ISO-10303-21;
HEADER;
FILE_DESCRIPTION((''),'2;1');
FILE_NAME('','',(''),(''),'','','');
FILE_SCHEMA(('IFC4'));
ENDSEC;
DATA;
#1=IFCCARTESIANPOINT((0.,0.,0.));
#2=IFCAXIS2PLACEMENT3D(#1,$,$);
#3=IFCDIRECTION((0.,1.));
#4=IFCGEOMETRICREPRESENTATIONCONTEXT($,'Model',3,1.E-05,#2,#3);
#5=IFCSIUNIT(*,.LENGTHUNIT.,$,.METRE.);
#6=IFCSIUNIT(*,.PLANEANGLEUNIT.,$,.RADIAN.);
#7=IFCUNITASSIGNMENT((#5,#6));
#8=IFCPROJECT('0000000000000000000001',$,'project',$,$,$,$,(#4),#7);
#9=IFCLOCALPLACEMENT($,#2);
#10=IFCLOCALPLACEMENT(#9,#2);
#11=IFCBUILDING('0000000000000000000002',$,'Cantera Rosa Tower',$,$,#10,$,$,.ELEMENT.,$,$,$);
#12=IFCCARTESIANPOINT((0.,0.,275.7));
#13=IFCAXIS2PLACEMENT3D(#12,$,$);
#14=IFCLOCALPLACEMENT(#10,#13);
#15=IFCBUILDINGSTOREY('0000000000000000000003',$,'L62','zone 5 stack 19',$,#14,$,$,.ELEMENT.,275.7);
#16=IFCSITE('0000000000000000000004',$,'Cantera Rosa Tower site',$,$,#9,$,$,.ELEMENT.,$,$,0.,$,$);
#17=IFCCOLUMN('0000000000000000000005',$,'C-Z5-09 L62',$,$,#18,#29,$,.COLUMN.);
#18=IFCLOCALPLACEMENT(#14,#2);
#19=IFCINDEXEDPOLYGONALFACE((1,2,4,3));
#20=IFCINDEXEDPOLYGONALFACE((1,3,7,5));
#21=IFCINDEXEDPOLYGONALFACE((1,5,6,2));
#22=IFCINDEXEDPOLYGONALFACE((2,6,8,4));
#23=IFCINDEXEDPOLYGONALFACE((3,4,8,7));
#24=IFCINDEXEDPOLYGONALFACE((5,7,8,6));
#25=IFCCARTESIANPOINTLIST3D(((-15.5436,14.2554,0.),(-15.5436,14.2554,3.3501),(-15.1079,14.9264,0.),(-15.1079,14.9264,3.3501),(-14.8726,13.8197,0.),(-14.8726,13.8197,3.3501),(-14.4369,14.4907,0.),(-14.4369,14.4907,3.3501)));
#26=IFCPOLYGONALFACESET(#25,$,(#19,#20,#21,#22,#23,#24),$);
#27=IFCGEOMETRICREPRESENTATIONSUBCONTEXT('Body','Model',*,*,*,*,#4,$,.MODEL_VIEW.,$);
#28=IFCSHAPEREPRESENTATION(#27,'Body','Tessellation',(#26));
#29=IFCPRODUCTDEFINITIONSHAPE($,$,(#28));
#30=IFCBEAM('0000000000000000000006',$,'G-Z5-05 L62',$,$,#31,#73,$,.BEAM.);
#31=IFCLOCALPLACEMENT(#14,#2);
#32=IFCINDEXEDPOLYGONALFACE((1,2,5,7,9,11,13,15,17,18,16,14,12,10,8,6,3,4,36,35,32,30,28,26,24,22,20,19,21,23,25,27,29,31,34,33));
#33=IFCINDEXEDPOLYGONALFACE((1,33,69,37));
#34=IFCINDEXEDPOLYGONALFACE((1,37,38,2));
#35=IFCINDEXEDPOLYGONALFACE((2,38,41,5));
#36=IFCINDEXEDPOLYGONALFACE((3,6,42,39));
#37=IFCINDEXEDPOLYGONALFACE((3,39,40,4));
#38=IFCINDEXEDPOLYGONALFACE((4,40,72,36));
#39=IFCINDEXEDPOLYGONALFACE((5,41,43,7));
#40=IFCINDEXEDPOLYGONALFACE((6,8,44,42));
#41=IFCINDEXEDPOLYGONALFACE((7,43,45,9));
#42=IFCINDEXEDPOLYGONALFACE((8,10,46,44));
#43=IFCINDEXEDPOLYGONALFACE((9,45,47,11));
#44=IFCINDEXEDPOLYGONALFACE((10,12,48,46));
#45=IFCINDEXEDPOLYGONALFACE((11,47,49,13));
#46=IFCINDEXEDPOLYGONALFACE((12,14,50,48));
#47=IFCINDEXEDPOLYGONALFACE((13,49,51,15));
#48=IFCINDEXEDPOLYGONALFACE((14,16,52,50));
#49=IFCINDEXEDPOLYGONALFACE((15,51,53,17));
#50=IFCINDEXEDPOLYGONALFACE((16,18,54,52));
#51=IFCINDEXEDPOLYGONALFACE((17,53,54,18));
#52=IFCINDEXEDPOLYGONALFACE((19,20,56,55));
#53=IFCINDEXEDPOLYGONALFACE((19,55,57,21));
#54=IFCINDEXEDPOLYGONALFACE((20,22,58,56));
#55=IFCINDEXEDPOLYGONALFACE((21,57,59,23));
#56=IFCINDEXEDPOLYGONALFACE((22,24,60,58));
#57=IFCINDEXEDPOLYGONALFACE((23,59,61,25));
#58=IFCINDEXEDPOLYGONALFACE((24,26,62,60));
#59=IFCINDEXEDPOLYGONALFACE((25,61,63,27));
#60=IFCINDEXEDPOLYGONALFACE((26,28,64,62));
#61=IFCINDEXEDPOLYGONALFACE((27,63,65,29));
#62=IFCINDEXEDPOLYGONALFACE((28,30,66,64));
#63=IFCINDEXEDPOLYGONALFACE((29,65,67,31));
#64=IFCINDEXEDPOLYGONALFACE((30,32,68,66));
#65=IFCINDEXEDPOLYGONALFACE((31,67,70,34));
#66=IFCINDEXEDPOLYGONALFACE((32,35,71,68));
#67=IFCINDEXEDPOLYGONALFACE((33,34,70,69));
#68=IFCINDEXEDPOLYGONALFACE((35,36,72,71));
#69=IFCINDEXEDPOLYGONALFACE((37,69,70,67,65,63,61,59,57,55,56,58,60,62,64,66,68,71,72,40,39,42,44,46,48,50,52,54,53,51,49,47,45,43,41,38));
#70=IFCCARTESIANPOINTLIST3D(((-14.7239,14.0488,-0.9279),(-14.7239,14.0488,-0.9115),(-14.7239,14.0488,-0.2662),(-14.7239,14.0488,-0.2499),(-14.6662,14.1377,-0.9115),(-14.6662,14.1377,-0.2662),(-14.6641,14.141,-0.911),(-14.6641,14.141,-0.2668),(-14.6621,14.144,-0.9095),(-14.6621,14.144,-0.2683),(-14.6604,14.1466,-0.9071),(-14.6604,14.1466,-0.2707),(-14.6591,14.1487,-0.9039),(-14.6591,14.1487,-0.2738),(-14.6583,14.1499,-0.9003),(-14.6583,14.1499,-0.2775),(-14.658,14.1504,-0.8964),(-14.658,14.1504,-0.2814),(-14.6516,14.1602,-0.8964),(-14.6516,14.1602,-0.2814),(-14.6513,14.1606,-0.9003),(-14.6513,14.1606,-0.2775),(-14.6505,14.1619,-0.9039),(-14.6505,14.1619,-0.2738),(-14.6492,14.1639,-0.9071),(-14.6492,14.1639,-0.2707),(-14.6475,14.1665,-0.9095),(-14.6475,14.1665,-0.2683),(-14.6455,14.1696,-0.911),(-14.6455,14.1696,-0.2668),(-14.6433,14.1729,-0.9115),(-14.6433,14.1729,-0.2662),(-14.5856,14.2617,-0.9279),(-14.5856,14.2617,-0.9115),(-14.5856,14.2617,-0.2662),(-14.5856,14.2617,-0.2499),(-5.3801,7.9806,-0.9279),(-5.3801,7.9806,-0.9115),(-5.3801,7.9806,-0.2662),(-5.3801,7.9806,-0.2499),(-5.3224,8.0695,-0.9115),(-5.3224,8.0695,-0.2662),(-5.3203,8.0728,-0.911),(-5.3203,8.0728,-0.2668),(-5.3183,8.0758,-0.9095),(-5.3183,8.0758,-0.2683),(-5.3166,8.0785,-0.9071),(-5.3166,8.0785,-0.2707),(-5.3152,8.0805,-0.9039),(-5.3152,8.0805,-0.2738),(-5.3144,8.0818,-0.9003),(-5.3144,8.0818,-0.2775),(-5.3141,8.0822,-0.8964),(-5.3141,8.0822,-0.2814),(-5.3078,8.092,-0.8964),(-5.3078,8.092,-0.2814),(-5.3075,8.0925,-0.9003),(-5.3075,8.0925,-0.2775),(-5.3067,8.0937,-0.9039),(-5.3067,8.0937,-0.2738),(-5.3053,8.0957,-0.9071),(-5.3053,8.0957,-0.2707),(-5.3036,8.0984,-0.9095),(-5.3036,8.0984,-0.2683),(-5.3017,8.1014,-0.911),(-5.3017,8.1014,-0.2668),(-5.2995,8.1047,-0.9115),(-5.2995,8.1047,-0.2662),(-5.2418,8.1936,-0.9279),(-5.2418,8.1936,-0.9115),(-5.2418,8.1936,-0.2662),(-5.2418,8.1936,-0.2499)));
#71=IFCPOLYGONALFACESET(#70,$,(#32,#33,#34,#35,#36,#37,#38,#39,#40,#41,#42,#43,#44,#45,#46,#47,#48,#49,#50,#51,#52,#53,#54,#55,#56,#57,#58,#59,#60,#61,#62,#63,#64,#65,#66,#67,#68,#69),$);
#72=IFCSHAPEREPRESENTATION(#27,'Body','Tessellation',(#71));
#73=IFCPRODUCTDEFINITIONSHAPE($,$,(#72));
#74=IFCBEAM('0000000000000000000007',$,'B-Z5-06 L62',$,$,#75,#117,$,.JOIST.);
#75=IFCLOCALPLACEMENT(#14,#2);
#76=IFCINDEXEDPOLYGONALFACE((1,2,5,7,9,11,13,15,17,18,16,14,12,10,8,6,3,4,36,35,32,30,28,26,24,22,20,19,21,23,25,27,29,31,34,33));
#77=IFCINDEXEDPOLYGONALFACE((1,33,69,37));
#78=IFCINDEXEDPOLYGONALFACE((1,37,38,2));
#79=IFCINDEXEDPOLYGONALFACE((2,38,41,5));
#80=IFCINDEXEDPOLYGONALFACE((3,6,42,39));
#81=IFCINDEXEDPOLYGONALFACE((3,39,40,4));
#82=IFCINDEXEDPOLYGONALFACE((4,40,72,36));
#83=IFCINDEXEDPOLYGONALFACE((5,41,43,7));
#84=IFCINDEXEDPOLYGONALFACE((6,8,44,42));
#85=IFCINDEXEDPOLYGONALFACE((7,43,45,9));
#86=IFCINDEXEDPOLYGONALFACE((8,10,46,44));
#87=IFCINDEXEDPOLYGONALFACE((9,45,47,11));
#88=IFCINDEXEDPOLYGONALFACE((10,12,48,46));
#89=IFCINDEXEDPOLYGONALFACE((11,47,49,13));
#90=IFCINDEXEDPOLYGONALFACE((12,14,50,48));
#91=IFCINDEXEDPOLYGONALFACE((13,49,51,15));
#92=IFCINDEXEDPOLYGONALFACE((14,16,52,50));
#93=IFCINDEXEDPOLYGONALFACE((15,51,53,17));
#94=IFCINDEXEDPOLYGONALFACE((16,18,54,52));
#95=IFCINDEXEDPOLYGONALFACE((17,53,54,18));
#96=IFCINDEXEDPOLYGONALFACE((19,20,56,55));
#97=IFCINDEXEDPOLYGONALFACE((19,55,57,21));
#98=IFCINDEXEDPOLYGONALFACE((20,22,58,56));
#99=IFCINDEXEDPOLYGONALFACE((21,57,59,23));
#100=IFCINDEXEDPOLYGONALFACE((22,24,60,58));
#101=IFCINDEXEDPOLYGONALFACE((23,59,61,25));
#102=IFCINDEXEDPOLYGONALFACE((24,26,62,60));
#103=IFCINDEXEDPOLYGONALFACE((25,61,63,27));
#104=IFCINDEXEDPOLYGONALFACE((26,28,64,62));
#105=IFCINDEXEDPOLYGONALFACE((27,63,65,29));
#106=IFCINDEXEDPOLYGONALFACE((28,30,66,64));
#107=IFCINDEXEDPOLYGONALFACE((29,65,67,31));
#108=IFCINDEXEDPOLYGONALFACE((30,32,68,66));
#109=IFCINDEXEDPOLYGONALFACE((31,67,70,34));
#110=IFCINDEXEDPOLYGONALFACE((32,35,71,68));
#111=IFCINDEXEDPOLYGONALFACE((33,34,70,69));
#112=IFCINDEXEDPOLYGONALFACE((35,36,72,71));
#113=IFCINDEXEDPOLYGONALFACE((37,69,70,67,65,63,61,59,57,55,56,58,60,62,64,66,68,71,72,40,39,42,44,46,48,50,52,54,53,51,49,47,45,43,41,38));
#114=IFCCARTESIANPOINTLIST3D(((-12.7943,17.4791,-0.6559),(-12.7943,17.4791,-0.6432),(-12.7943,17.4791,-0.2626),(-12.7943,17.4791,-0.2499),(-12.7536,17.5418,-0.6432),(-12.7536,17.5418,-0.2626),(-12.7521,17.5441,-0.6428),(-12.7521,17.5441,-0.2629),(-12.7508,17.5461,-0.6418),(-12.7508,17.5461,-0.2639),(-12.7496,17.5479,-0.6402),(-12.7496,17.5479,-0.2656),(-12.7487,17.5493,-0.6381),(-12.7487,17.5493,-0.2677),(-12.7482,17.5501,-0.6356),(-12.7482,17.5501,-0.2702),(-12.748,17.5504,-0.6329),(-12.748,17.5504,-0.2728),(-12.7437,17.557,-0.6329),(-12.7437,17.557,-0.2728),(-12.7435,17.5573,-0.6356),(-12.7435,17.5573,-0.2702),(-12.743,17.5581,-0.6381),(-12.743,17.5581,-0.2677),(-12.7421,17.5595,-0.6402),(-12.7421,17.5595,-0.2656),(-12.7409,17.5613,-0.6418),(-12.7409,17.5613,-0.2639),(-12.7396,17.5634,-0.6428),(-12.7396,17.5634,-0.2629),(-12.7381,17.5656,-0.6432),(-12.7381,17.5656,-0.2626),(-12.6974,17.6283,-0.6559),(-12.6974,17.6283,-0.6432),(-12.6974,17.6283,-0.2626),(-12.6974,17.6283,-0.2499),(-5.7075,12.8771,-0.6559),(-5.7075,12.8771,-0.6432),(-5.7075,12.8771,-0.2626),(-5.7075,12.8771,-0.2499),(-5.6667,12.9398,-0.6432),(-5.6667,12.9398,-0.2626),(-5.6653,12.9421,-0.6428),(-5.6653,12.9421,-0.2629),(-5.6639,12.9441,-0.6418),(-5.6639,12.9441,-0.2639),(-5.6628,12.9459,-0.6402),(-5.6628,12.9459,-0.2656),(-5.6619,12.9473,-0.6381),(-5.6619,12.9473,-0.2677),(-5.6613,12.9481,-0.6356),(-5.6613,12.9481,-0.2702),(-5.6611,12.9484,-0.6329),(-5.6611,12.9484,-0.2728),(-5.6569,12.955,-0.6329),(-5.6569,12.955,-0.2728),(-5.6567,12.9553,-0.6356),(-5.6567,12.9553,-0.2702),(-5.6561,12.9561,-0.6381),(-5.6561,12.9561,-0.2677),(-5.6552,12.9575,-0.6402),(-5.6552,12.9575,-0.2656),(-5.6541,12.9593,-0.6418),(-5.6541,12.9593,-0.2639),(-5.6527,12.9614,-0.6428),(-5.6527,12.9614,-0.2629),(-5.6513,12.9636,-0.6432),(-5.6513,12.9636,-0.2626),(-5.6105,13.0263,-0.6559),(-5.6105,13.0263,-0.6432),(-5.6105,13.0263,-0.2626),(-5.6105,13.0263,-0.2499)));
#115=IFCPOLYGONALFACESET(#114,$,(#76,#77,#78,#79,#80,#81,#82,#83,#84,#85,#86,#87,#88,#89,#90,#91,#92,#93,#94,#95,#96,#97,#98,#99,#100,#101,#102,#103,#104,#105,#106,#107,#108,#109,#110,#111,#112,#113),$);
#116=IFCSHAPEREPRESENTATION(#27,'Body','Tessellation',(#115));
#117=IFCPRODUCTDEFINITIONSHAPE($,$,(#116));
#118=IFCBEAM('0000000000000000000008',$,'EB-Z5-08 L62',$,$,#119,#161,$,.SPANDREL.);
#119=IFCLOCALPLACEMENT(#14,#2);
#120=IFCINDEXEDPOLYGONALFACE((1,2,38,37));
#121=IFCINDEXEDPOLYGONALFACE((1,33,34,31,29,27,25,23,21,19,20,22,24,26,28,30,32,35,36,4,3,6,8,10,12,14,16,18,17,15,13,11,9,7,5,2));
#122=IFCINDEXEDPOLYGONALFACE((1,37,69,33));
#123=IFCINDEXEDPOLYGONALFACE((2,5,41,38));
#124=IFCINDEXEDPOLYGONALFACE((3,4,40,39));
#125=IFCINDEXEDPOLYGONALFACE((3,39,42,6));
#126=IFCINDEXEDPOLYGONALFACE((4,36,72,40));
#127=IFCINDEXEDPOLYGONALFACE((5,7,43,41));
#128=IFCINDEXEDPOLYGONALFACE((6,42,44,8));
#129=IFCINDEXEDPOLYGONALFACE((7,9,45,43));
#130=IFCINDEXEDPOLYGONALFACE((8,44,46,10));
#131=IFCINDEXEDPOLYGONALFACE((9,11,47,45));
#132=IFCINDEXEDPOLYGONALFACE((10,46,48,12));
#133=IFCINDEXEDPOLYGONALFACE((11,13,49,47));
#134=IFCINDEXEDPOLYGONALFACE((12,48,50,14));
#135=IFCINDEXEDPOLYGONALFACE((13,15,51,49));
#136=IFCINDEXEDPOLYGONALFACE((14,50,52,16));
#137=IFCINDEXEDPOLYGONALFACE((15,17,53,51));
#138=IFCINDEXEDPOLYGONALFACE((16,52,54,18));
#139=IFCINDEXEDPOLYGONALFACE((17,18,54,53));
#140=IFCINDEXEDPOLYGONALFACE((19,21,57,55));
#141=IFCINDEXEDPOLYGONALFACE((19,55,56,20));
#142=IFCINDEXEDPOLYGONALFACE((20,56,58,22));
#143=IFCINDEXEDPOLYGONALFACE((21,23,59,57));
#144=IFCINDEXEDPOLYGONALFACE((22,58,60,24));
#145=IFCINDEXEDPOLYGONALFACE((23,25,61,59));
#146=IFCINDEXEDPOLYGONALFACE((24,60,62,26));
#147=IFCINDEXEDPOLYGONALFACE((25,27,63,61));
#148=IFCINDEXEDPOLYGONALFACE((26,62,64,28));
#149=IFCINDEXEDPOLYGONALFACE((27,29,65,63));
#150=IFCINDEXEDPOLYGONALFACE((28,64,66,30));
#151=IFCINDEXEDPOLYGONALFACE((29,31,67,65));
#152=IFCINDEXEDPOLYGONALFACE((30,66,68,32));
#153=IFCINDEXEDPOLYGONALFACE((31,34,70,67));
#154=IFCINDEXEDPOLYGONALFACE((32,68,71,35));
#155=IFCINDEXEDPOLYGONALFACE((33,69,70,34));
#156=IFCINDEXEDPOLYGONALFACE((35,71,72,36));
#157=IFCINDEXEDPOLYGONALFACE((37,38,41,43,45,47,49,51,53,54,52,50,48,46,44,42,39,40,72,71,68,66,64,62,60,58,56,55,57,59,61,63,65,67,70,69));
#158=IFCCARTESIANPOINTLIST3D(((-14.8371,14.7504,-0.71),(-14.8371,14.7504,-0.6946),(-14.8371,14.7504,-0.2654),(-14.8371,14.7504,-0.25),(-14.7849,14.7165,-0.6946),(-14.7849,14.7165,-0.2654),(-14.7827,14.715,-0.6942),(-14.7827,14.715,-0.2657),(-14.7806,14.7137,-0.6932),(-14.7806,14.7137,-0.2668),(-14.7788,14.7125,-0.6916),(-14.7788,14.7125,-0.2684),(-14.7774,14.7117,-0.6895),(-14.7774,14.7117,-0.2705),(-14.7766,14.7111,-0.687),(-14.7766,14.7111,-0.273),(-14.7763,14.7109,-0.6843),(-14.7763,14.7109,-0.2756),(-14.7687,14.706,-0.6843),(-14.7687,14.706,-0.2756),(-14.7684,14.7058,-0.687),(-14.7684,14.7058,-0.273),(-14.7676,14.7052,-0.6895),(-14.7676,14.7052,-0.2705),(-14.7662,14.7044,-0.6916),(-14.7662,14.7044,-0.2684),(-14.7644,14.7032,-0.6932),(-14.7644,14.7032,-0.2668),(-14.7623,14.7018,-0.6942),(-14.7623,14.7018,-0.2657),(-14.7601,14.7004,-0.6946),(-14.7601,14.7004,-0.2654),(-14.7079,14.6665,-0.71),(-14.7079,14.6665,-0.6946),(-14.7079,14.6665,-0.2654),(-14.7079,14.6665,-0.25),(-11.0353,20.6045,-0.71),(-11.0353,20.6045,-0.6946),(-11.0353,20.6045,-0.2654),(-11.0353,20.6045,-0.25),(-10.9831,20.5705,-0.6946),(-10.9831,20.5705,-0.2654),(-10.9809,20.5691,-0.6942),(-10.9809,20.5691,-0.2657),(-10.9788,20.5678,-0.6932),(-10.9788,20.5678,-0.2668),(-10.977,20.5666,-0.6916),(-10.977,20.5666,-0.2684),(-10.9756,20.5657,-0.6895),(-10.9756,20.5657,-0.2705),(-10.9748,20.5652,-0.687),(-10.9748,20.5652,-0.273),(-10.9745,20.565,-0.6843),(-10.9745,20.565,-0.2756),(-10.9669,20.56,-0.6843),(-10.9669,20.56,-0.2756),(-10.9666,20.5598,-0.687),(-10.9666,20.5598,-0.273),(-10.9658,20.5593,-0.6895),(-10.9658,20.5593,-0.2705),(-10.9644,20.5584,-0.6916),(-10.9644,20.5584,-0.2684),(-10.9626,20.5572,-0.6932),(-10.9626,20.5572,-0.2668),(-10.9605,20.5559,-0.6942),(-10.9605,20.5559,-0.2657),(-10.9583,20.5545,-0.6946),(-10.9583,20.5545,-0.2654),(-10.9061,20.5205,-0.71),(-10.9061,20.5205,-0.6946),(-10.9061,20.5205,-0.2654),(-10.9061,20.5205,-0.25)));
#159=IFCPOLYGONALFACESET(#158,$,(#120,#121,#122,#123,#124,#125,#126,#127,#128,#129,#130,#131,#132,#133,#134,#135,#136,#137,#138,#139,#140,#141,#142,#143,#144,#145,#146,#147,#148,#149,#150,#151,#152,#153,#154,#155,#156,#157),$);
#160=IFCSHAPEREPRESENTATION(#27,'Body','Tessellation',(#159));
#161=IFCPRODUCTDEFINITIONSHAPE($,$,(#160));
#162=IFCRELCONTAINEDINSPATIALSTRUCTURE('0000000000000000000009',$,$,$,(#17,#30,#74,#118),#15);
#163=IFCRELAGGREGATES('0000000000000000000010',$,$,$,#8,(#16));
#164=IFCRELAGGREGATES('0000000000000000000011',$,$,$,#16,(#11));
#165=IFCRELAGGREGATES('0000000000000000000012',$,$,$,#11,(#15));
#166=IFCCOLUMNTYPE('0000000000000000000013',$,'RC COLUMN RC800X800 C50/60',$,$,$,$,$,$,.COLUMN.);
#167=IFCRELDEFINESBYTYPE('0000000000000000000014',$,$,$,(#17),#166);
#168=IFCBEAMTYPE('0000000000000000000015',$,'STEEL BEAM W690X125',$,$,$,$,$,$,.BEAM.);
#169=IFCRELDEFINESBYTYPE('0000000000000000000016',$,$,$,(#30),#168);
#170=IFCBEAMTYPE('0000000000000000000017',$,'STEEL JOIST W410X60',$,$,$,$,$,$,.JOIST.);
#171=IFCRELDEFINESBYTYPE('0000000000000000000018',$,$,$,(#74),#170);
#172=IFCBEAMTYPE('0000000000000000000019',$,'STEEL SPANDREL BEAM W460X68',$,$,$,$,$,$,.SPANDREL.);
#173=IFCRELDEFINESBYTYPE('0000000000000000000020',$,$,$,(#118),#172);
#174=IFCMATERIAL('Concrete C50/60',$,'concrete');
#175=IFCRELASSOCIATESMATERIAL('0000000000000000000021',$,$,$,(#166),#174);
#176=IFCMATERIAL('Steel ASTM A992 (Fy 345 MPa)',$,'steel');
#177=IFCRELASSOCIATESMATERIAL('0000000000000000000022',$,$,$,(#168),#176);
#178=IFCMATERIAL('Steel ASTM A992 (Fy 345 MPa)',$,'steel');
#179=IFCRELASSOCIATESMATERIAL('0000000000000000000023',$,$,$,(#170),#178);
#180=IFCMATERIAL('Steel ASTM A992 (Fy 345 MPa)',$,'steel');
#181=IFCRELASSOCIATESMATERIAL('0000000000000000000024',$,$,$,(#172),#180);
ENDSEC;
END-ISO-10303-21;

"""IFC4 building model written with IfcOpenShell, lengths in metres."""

from ifc_helpers import new_model, si_unit, direction, frame, origin, origin_2d, place, context, subcontext, project, spatial, rectangle, i_section, extrude, material, material_profile, profile_set, type_object, element, save


model = new_model("IFC4")

# Units and contexts
model_context = context("Model", 3, precision=1e-05, world=origin(), true_north=direction((0.0, 1.0)))
body_context = subcontext(model_context, "Body", "Model", "MODEL_VIEW")
ifc_project = project(units=[si_unit("LENGTHUNIT", "METRE"), si_unit("PLANEANGLEUNIT", "RADIAN")], contexts=[model_context])

# Site, building, storey
site_placement = place(None, origin())
site = spatial("IfcSite", under=ifc_project, at=site_placement, Name="Cantera Rosa Tower site", CompositionType="ELEMENT", RefElevation=0.0)
building_placement = place(site_placement, origin())
building = spatial("IfcBuilding", under=site, at=building_placement, Name="Cantera Rosa Tower", CompositionType="ELEMENT")
storey_placement = place(building_placement, frame((0.0, 0.0, 275.7)))
storey = spatial("IfcBuildingStorey", under=building, at=storey_placement, Name="L62", Description="zone 5 stack 19", CompositionType="ELEMENT", Elevation=275.7)

# Column
ifc_material_1 = material(Name="Concrete C50/60", Category="concrete")
ifc_material_profile_1 = material_profile(ifc_material_1, rectangle(XDim=0.8, YDim=0.8, at=origin_2d()), Name="RC COLUMN RC800X800 C50/60")
ifc_profile_set_1 = profile_set([ifc_material_profile_1], Name="Concrete C50/60")
column_type = type_object("IfcColumnType", Name="RC COLUMN RC800X800 C50/60", PredefinedType="COLUMN", material=ifc_profile_set_1)
column_placement = place(storey_placement, frame((-14.9902, 14.373, 0.0), z_axis=(0.0, 0.0, 1.0), x_axis=(0.544639, 0.838671, 0.0)))
element("IfcColumn", 1, at=column_placement, inside=storey, type_object=column_type, Name="C-Z5-09 L62", PredefinedType="COLUMN", context=body_context, shape_type="SweptSolid", body=[
    extrude(rectangle(XDim=0.8, YDim=0.8, at=origin_2d()), origin(), (0.0, 0.0, 1.0), 3.3501),
])

# Beams
ifc_material_2 = material(Name="Steel ASTM A992 (Fy 345 MPa)", Category="steel")
ifc_material_profile_2 = material_profile(ifc_material_2, i_section(OverallWidth=0.2539, OverallDepth=0.678, WebThickness=0.0117, FlangeThickness=0.0164, FilletRadius=0.0151, at=origin_2d()), Name="W690X125")
ifc_profile_set_2 = profile_set([ifc_material_profile_2], Name="Steel ASTM A992 (Fy 345 MPa)")
beam_type_1 = type_object("IfcBeamType", Name="STEEL BEAM W690X125", PredefinedType="BEAM", material=ifc_profile_set_2)
beam_1_placement = place(storey_placement, frame((-14.6548, 14.1553, -0.5889), z_axis=(0.838662, -0.544652, 0.0), x_axis=(0.544652, 0.838662, 0.0)))
element("IfcBeam", 2, at=beam_1_placement, inside=storey, type_object=beam_type_1, Name="G-Z5-05 L62", PredefinedType="BEAM", context=body_context, shape_type="SweptSolid", body=[
    extrude(i_section(OverallWidth=0.2539, OverallDepth=0.678, WebThickness=0.0117, FlangeThickness=0.0164, FilletRadius=0.0151, at=origin_2d()), origin(), (0.0, 0.0, 1.0), 11.1414),
])
ifc_material_3 = material(Name="Steel ASTM A992 (Fy 345 MPa)", Category="steel")
ifc_material_profile_3 = material_profile(ifc_material_3, i_section(OverallWidth=0.178, OverallDepth=0.406, WebThickness=0.0078, FlangeThickness=0.0127, FilletRadius=0.0103, at=origin_2d()), Name="W410X60")
ifc_profile_set_3 = profile_set([ifc_material_profile_3], Name="Steel ASTM A992 (Fy 345 MPa)")
beam_type_2 = type_object("IfcBeamType", Name="STEEL JOIST W410X60", PredefinedType="JOIST", material=ifc_profile_set_3)
beam_2_placement = place(storey_placement, frame((-12.7458, 17.5537, -0.4529), z_axis=(0.838684, -0.544619, 0.0), x_axis=(0.544619, 0.838684, 0.0)))
element("IfcBeam", 3, at=beam_2_placement, inside=storey, type_object=beam_type_2, Name="B-Z5-06 L62", PredefinedType="JOIST", context=body_context, shape_type="SweptSolid", body=[
    extrude(i_section(OverallWidth=0.178, OverallDepth=0.406, WebThickness=0.0078, FlangeThickness=0.0127, FilletRadius=0.0103, at=origin_2d()), origin(), (0.0, 0.0, 1.0), 8.45),
])
ifc_material_4 = material(Name="Steel ASTM A992 (Fy 345 MPa)", Category="steel")
ifc_material_profile_4 = material_profile(ifc_material_4, i_section(OverallWidth=0.1541, OverallDepth=0.46, WebThickness=0.009, FlangeThickness=0.0154, FilletRadius=0.0103, at=origin_2d()), Name="W460X68")
ifc_profile_set_4 = profile_set([ifc_material_profile_4], Name="Steel ASTM A992 (Fy 345 MPa)")
beam_type_3 = type_object("IfcBeamType", Name="STEEL SPANDREL BEAM W460X68", PredefinedType="SPANDREL", material=ifc_profile_set_4)
for number, where, z_axis, x_axis, name in (
    (4, (-10.9707, 20.5625, -0.48), (-0.544651, -0.838663, 0.0), (0.838663, -0.544651, 0.0), "EB-Z5-08 L62"),
):
    element("IfcBeam", number, at=place(storey_placement, frame(where, z_axis=z_axis, x_axis=x_axis)), inside=storey, type_object=beam_type_3, Name=name, PredefinedType="SPANDREL", context=body_context, shape_type="SweptSolid", body=[
        extrude(i_section(OverallWidth=0.1541, OverallDepth=0.46, WebThickness=0.009, FlangeThickness=0.0154, FilletRadius=0.0103, at=origin_2d()), origin(), (0.0, 0.0, 1.0), 6.9802),
    ])

save(model, "model.ifc")
